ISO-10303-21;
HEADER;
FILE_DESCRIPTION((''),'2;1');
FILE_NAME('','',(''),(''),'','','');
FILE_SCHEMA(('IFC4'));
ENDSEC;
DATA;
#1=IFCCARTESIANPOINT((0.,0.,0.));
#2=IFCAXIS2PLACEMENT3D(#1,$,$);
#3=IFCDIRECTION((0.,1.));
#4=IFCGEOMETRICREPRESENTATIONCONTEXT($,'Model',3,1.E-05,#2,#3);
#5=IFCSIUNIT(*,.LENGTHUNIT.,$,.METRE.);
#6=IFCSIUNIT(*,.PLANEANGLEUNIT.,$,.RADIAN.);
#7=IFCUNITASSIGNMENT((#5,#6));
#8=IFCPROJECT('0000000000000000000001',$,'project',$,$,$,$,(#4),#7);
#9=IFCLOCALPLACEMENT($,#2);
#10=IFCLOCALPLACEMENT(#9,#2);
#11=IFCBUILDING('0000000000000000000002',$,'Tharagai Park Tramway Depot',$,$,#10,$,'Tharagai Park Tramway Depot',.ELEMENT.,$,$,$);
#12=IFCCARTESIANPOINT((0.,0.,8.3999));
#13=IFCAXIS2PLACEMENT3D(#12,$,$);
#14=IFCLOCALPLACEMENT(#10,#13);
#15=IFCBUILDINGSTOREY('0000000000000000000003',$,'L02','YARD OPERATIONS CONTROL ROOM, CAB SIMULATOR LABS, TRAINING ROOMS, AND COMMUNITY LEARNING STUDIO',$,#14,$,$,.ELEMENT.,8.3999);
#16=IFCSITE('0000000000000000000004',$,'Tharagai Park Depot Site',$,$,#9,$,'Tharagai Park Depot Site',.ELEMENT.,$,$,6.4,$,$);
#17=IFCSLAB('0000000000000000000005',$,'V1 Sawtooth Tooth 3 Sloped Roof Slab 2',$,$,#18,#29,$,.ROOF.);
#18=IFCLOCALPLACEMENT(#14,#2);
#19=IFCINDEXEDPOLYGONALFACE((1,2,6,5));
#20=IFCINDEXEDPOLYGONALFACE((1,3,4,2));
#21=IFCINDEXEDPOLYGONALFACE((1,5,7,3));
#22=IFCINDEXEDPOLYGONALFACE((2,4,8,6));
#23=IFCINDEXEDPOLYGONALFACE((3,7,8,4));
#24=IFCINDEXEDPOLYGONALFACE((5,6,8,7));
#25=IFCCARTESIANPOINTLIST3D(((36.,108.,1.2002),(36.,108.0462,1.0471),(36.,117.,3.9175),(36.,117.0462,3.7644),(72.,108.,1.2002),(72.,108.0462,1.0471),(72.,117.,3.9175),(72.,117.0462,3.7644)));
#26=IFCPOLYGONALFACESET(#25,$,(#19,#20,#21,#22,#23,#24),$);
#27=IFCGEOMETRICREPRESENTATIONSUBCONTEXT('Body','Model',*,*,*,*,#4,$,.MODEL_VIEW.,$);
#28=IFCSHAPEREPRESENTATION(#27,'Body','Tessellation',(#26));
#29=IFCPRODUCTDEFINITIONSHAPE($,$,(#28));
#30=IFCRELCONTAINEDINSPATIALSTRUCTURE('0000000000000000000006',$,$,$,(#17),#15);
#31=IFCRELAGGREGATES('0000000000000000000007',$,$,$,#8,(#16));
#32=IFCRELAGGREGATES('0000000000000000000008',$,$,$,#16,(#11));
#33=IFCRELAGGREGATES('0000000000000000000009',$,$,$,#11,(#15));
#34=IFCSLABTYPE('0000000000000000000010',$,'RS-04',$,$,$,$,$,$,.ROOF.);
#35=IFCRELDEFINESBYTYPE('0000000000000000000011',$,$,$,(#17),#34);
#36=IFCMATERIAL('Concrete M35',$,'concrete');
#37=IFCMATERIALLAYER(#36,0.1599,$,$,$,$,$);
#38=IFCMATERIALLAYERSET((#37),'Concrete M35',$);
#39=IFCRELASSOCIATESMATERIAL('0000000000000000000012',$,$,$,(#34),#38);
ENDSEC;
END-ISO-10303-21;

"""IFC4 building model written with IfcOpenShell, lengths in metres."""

from ifc_helpers import new_model, si_unit, direction, frame, origin, place, context, subcontext, project, spatial, polyline, outline, extrude, material, layer, layer_set, type_object, element, save


model = new_model("IFC4")

# Units and contexts
model_context = context("Model", 3, precision=1e-05, world=origin(), true_north=direction((0.0, 1.0)))
body_context = subcontext(model_context, "Body", "Model", "MODEL_VIEW")
ifc_project = project(units=[si_unit("LENGTHUNIT", "METRE"), si_unit("PLANEANGLEUNIT", "RADIAN")], contexts=[model_context])

# Site, building, storey
site_placement = place(None, origin())
site = spatial("IfcSite", under=ifc_project, at=site_placement, Name="Tharagai Park Depot Site", LongName="Tharagai Park Depot Site", CompositionType="ELEMENT", RefElevation=6.4)
building_placement = place(site_placement, origin())
building = spatial("IfcBuilding", under=site, at=building_placement, Name="Tharagai Park Tramway Depot", LongName="Tharagai Park Tramway Depot", CompositionType="ELEMENT")
storey_placement = place(building_placement, frame((0.0, 0.0, 8.3999)))
storey = spatial("IfcBuildingStorey", under=building, at=storey_placement, Name="L02", Description="YARD OPERATIONS CONTROL ROOM, CAB SIMULATOR LABS, TRAINING ROOMS, AND COMMUNITY LEARNING STUDIO", CompositionType="ELEMENT", Elevation=8.3999)

# Slab
ifc_material_1 = material(Name="Concrete M35", Category="concrete")
ifc_layer_1 = layer(ifc_material_1, 0.1599)
ifc_layer_set_1 = layer_set([ifc_layer_1], Name="Concrete M35")
slab_type = type_object("IfcSlabType", Name="RS-04", PredefinedType="ROOF", material=ifc_layer_set_1)
slab_placement = place(storey_placement, frame((36.0, 108.0, 1.2002), z_axis=(0.0, -0.289034, 0.957319), x_axis=(1.0, 0.0, 0.0)))
element("IfcSlab", 1, at=slab_placement, inside=storey, type_object=slab_type, Name="V1 Sawtooth Tooth 3 Sloped Roof Slab 2", PredefinedType="ROOF", context=body_context, shape_type="SweptSolid", body=[
    extrude(outline(polyline([(0.0, 0.0), (36.0, 0.0), (36.0, 9.4013), (0.0, 9.4013), (0.0, 0.0)])), origin(), (0.0, 0.0, -1.0), 0.1599),
])

save(model, "model.ifc")
